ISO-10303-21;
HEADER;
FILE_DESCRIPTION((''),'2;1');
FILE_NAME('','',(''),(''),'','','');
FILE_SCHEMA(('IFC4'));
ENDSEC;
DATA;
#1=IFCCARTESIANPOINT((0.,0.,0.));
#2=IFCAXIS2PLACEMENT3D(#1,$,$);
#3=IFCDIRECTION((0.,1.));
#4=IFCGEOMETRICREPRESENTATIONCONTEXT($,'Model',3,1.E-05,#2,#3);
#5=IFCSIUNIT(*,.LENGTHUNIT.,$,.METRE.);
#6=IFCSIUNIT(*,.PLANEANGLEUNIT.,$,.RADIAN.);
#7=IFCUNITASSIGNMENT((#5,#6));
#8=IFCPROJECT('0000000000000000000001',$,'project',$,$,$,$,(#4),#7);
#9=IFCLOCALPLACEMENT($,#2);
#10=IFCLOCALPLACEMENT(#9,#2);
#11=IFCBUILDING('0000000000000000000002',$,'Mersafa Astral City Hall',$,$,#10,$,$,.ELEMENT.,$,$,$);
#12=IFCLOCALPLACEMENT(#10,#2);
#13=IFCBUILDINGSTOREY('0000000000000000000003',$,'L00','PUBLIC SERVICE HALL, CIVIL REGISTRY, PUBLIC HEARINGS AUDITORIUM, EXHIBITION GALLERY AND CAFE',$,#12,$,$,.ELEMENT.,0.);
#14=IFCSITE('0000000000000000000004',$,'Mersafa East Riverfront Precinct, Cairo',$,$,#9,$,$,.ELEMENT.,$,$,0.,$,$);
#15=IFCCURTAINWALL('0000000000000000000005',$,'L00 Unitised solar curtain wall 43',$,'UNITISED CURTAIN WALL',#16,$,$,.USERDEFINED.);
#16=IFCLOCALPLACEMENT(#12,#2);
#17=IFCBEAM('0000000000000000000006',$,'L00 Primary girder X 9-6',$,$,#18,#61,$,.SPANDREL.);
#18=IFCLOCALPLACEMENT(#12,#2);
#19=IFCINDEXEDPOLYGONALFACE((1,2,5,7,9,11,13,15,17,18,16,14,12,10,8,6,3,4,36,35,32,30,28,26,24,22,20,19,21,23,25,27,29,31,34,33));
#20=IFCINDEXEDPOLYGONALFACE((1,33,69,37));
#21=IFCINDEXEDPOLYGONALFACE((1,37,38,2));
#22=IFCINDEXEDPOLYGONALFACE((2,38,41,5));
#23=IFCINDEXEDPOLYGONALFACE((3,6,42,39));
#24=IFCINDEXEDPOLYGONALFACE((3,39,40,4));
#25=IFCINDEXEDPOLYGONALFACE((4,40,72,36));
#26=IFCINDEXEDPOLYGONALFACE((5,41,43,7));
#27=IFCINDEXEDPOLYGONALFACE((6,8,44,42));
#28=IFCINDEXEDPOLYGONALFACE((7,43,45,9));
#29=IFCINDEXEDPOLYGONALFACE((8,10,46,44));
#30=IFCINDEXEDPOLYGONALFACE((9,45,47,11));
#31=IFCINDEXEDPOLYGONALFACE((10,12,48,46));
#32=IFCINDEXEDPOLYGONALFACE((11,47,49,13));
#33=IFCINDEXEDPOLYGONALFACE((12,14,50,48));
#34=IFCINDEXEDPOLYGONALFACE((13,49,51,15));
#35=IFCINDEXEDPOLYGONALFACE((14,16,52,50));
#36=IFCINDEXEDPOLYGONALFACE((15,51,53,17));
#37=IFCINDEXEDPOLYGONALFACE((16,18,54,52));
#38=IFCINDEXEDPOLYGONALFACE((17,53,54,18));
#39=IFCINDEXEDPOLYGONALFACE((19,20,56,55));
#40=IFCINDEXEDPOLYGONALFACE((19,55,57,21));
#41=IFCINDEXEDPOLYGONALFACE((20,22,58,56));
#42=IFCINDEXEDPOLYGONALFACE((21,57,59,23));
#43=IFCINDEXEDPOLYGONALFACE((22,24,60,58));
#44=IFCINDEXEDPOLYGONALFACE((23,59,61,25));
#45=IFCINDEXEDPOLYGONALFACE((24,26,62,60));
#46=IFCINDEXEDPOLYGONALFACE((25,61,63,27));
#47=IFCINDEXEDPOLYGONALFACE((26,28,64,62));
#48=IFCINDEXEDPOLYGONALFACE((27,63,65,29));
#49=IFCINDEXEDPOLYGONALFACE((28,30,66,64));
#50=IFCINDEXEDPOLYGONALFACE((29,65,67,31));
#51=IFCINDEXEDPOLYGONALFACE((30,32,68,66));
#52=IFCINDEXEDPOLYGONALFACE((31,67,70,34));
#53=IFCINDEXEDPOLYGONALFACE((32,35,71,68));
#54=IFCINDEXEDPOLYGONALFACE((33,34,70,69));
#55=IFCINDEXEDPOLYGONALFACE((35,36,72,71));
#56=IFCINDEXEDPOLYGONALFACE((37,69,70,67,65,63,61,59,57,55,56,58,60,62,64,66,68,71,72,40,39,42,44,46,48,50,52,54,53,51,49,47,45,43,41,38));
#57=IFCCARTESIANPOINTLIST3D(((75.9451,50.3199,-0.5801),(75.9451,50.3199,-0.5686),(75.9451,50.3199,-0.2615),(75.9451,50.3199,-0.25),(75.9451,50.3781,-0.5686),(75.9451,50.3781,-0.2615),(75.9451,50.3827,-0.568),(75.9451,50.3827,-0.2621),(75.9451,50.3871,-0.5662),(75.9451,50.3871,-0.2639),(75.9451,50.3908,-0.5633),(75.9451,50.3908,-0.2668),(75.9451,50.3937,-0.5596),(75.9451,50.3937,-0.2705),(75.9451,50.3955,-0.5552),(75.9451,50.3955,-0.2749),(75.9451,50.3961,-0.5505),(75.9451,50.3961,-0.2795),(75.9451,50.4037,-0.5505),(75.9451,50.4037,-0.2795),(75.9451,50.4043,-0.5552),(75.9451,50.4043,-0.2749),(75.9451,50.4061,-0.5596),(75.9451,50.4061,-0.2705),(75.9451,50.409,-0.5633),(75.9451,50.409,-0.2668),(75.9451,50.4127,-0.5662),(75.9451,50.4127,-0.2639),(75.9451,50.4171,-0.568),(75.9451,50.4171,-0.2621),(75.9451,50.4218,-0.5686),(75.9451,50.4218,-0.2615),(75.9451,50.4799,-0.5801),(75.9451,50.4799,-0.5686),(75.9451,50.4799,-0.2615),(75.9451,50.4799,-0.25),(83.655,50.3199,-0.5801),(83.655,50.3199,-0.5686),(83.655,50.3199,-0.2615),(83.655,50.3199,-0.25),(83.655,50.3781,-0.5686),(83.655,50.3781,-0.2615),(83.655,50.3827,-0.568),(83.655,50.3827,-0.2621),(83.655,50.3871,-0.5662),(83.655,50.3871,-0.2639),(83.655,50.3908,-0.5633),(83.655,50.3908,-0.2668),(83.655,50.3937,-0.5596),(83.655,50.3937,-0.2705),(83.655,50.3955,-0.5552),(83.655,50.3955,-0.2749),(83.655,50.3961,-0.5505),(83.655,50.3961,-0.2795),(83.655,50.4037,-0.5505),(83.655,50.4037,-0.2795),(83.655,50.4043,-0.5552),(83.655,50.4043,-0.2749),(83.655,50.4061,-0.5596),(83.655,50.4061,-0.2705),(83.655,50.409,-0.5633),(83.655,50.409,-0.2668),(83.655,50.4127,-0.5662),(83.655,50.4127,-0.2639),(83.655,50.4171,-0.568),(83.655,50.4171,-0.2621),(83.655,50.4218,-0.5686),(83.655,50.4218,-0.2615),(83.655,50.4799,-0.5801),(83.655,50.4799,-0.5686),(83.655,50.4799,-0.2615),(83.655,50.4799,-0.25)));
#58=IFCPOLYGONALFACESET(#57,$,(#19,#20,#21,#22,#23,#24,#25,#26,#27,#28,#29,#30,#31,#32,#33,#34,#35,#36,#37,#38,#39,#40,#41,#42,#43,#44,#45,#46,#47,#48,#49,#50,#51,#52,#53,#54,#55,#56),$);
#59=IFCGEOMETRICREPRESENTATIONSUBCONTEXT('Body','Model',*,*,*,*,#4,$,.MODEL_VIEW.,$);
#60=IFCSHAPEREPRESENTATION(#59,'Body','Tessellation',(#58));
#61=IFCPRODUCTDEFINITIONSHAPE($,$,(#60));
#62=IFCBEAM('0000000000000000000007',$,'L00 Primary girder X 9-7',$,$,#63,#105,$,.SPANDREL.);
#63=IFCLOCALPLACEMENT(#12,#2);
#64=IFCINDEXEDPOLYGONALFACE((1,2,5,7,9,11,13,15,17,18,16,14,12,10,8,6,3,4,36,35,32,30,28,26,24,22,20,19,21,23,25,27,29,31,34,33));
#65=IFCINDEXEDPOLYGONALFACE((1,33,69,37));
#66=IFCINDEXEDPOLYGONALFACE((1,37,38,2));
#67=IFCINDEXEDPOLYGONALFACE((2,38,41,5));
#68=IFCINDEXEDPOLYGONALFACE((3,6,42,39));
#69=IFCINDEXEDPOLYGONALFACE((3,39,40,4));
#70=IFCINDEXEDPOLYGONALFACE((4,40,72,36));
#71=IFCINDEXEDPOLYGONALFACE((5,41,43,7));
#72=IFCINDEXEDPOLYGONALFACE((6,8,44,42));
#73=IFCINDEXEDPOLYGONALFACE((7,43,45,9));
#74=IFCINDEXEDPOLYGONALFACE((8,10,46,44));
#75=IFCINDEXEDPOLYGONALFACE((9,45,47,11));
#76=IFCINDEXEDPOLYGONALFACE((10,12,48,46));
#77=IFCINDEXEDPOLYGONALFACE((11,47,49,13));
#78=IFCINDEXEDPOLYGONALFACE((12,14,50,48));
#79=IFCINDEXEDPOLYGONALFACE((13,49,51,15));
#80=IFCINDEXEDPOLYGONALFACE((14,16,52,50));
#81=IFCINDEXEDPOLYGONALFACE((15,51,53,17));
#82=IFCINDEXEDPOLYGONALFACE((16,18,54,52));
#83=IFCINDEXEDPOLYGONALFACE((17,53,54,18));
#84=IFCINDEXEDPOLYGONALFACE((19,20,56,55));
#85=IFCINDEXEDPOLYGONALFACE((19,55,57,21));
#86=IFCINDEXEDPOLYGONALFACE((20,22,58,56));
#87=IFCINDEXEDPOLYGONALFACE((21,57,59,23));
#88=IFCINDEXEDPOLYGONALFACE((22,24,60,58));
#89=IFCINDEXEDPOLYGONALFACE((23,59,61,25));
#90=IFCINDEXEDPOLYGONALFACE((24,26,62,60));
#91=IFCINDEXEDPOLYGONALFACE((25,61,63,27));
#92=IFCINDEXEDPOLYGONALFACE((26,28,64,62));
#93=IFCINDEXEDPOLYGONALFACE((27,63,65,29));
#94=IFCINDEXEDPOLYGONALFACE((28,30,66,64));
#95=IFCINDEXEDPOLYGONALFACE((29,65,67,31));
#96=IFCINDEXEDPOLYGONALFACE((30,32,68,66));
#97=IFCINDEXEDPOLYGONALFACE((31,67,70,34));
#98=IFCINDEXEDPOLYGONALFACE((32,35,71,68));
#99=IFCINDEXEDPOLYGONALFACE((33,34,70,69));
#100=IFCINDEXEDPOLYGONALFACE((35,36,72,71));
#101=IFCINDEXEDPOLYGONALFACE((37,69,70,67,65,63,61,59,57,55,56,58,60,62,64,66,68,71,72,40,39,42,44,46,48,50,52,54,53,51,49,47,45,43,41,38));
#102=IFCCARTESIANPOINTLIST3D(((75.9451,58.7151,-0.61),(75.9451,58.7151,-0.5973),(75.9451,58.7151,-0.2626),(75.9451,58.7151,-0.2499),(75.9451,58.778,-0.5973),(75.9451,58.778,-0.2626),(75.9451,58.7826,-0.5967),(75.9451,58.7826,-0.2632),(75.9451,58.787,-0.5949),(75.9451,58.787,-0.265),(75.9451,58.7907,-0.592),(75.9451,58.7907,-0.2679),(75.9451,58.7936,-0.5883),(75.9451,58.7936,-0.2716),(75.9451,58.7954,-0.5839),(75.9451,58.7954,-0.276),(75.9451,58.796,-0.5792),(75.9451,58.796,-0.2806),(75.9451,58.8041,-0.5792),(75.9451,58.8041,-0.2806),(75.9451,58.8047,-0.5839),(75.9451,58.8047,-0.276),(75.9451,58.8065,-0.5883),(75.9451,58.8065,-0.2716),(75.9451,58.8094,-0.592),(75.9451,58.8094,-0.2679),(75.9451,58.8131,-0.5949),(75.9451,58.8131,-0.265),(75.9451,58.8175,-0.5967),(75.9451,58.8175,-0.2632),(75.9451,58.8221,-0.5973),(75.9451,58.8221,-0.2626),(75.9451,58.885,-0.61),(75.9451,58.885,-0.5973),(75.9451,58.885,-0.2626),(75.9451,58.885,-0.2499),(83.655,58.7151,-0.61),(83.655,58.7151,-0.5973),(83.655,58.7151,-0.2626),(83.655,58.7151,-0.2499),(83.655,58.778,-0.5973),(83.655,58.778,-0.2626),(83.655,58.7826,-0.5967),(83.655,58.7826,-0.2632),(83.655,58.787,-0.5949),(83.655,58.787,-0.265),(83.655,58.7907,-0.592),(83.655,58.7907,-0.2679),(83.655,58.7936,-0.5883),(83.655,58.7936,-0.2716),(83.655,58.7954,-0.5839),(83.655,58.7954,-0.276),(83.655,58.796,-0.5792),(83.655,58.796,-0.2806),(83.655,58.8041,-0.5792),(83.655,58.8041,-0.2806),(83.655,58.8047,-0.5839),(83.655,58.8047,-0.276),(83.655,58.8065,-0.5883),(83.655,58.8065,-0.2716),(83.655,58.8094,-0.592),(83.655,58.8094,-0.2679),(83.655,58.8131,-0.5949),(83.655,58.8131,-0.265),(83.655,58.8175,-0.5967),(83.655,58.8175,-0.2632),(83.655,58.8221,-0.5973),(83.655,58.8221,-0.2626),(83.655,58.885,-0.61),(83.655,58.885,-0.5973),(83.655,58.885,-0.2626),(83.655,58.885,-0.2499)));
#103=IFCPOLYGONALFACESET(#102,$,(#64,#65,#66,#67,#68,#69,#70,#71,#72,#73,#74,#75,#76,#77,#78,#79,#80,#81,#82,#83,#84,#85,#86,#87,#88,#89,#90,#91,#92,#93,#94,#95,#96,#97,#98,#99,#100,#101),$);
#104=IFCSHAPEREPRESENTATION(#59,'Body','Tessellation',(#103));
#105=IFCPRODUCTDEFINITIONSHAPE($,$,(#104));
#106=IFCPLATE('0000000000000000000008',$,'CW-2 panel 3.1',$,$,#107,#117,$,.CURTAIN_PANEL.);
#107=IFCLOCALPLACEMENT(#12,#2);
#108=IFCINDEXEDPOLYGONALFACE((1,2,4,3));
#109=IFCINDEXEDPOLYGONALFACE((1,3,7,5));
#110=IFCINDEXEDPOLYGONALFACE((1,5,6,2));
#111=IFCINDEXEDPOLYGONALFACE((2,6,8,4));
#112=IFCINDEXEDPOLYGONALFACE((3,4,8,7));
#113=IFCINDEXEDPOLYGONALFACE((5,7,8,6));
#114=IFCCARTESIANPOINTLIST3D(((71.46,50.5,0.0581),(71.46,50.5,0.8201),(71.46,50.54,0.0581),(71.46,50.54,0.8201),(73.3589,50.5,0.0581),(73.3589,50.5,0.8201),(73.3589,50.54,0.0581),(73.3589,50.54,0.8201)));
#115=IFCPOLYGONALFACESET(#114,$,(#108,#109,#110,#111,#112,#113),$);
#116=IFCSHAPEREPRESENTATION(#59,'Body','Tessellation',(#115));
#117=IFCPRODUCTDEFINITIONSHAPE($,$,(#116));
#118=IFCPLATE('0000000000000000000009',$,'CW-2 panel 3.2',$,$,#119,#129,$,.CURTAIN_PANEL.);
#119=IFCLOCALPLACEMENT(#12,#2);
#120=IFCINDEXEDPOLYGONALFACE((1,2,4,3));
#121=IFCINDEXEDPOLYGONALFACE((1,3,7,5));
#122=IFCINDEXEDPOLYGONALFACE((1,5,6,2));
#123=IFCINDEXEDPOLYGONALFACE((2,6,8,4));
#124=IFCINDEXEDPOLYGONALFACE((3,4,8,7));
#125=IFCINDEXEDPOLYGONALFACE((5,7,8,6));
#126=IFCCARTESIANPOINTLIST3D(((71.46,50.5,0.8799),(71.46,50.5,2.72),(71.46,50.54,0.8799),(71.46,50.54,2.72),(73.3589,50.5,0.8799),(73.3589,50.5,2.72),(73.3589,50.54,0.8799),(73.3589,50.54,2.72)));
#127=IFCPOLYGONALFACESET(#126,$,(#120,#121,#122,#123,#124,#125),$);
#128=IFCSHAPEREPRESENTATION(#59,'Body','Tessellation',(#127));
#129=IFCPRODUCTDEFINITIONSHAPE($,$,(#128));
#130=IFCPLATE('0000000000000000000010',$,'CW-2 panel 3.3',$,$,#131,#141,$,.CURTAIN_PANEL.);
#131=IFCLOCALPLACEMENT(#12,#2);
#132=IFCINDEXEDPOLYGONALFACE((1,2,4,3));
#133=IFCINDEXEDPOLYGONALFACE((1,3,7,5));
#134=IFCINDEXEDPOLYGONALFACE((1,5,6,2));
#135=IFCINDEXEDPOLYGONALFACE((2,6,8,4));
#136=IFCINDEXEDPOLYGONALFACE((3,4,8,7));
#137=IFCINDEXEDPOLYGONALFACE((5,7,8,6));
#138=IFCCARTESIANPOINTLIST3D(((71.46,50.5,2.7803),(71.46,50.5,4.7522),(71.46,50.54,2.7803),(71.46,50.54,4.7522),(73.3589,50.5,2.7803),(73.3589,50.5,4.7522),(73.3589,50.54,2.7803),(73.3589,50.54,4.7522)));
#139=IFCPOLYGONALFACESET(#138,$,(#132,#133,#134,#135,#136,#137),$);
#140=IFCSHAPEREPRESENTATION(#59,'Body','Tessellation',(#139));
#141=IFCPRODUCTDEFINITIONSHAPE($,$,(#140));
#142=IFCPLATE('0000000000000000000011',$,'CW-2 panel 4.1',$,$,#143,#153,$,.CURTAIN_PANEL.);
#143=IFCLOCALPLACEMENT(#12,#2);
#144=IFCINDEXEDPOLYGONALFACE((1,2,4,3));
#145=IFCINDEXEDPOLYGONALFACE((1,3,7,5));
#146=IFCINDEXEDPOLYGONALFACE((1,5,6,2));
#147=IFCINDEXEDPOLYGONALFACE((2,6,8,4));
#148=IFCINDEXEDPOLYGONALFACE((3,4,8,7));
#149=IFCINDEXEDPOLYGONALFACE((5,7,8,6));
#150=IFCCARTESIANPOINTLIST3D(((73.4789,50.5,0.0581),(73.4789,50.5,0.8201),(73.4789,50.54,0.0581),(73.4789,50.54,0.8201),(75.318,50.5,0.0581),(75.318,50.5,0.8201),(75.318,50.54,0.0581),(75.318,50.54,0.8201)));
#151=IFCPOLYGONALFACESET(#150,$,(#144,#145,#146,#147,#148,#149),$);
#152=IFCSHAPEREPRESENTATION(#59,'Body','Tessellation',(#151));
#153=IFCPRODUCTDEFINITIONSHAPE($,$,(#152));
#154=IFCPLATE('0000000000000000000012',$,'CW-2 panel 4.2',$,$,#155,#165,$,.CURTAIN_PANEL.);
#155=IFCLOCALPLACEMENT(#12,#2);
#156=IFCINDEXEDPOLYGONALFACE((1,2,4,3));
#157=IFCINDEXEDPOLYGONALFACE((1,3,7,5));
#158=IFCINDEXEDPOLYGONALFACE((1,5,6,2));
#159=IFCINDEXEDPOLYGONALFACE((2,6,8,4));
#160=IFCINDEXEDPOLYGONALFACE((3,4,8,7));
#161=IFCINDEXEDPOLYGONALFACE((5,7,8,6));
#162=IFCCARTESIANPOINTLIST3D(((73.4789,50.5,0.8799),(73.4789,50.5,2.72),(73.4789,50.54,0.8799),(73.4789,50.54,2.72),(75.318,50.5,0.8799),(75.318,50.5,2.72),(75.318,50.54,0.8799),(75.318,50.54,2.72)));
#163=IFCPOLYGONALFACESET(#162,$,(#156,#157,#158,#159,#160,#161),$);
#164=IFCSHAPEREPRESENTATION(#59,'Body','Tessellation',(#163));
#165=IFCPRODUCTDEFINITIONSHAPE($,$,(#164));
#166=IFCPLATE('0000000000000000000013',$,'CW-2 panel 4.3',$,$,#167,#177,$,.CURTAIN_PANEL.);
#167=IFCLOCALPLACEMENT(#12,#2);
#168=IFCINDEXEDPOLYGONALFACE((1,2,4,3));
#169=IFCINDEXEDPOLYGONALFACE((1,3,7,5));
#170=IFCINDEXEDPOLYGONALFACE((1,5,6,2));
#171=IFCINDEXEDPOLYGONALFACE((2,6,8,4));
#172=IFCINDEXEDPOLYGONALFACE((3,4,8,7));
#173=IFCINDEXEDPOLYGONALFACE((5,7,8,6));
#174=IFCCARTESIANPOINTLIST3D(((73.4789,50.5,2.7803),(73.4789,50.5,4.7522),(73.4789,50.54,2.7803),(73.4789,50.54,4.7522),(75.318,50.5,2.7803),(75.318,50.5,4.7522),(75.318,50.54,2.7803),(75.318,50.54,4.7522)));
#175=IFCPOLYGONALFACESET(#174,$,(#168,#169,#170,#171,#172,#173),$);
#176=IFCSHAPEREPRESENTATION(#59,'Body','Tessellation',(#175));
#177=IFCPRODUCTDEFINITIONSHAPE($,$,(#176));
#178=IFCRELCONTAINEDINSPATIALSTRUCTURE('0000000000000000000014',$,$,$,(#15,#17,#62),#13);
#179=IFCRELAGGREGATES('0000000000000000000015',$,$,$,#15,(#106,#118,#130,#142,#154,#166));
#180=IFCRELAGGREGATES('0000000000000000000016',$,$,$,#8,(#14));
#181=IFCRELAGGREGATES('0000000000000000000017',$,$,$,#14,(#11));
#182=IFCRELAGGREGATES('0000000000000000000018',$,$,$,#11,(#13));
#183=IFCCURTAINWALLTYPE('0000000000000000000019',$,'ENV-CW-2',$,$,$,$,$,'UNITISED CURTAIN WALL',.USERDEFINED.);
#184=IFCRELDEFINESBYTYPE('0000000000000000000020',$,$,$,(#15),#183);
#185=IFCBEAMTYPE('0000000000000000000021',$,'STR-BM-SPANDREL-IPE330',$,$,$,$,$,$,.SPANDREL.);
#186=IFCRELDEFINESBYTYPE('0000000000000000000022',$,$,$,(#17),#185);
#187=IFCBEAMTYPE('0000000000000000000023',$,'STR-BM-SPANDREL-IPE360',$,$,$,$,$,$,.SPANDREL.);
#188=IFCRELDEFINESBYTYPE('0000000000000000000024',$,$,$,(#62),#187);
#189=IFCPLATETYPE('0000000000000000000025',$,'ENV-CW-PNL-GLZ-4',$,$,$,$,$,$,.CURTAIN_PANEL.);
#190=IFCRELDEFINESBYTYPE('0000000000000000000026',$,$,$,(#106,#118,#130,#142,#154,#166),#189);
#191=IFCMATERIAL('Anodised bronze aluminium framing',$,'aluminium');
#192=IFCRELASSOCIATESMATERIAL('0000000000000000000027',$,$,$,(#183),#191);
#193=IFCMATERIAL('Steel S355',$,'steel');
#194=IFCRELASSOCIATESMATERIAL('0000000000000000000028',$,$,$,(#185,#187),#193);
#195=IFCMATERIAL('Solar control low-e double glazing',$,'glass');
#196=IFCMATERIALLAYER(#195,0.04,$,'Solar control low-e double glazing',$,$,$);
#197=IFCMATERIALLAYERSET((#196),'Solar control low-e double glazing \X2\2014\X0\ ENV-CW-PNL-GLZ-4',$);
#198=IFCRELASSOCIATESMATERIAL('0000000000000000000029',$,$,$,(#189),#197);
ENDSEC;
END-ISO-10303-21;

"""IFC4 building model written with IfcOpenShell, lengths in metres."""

from ifc_helpers import new_model, si_unit, direction, frame, origin, origin_2d, place, context, subcontext, project, spatial, rectangle, i_section, extrude, material, layer, layer_set, material_profile, profile_set, type_object, element, aggregate, save


model = new_model("IFC4")

# Units and contexts
model_context = context("Model", 3, precision=1e-05, world=origin(), true_north=direction((0.0, 1.0)))
body_context = subcontext(model_context, "Body", "Model", "MODEL_VIEW")
ifc_project = project(units=[si_unit("LENGTHUNIT", "METRE"), si_unit("PLANEANGLEUNIT", "RADIAN")], contexts=[model_context])

# Site, building, storey
site_placement = place(None, origin())
site = spatial("IfcSite", under=ifc_project, at=site_placement, Name="Mersafa East Riverfront Precinct, Cairo", CompositionType="ELEMENT", RefElevation=0.0)
building_placement = place(site_placement, origin())
building = spatial("IfcBuilding", under=site, at=building_placement, Name="Mersafa Astral City Hall", CompositionType="ELEMENT")
storey_placement = place(building_placement, origin())
storey = spatial("IfcBuildingStorey", under=building, at=storey_placement, Name="L00", Description="PUBLIC SERVICE HALL, CIVIL REGISTRY, PUBLIC HEARINGS AUDITORIUM, EXHIBITION GALLERY AND CAFE", CompositionType="ELEMENT", Elevation=0.0)

# Shared definitions
ifc_material_1 = material(Name="Steel S355", Category="steel")

# Curtain wall
ifc_material_2 = material(Name="Anodised bronze aluminium framing", Category="aluminium")
curtain_wall_type = type_object("IfcCurtainWallType", Name="ENV-CW-2", ElementType="UNITISED CURTAIN WALL", PredefinedType="USERDEFINED", material=ifc_material_2)
curtain_wall_placement = place(storey_placement, origin())
curtain_wall = element("IfcCurtainWall", 1, at=curtain_wall_placement, inside=storey, type_object=curtain_wall_type, Name="L00 Unitised solar curtain wall 43", ObjectType="UNITISED CURTAIN WALL", PredefinedType="USERDEFINED")

# Beams
ifc_material_profile_1 = material_profile(ifc_material_1, i_section(OverallWidth=0.1599, OverallDepth=0.3301, WebThickness=0.0076, FlangeThickness=0.0115, FilletRadius=0.0181, at=origin_2d()), Name="IPE 330")
ifc_profile_set_1 = profile_set([ifc_material_profile_1], Name="Steel S355")
beam_type_1 = type_object("IfcBeamType", Name="STR-BM-SPANDREL-IPE330", PredefinedType="SPANDREL", material=ifc_profile_set_1)
beam_1_placement = place(storey_placement, frame((75.9451, 50.3999, -0.415), z_axis=(1.0, 0.0, 0.0), x_axis=(0.0, 1.0, 0.0)))
element("IfcBeam", 2, at=beam_1_placement, inside=storey, type_object=beam_type_1, Name="L00 Primary girder X 9-6", PredefinedType="SPANDREL", context=body_context, shape_type="SweptSolid", body=[
    extrude(i_section(OverallWidth=0.1599, OverallDepth=0.3301, WebThickness=0.0076, FlangeThickness=0.0115, FilletRadius=0.0181, at=origin_2d()), origin(), (0.0, 0.0, 1.0), 7.71),
])
ifc_material_profile_2 = material_profile(ifc_material_1, i_section(OverallWidth=0.1699, OverallDepth=0.3601, WebThickness=0.0081, FlangeThickness=0.0127, FilletRadius=0.0181, at=origin_2d()), Name="IPE 360")
ifc_profile_set_2 = profile_set([ifc_material_profile_2], Name="Steel S355")
beam_type_2 = type_object("IfcBeamType", Name="STR-BM-SPANDREL-IPE360", PredefinedType="SPANDREL", material=ifc_profile_set_2)
beam_2_placement = place(storey_placement, frame((75.9451, 58.8, -0.4299), z_axis=(1.0, 0.0, 0.0), x_axis=(0.0, 1.0, 0.0)))
element("IfcBeam", 3, at=beam_2_placement, inside=storey, type_object=beam_type_2, Name="L00 Primary girder X 9-7", PredefinedType="SPANDREL", context=body_context, shape_type="SweptSolid", body=[
    extrude(i_section(OverallWidth=0.1699, OverallDepth=0.3601, WebThickness=0.0081, FlangeThickness=0.0127, FilletRadius=0.0181, at=origin_2d()), origin(), (0.0, 0.0, 1.0), 7.71),
])

# Plates
ifc_material_3 = material(Name="Solar control low-e double glazing", Category="glass")
ifc_layer_1 = layer(ifc_material_3, 0.04, Name="Solar control low-e double glazing")
ifc_layer_set_1 = layer_set([ifc_layer_1], Name="Solar control low-e double glazing — ENV-CW-PNL-GLZ-4")
plate_type = type_object("IfcPlateType", Name="ENV-CW-PNL-GLZ-4", PredefinedType="CURTAIN_PANEL", material=ifc_layer_set_1)
plate_1_placement = place(storey_placement, frame((72.4094, 50.52, 0.0581), z_axis=(0.0, 0.0, 1.0), x_axis=(1.0, 0.0, 0.0)))
plate_1 = element("IfcPlate", 4, at=plate_1_placement, type_object=plate_type, Name="CW-2 panel 3.1", PredefinedType="CURTAIN_PANEL", context=body_context, shape_type="SweptSolid", body=[
    extrude(rectangle(XDim=1.8989, YDim=0.04, at=origin_2d()), origin(), (0.0, 0.0, 1.0), 0.762),
])
plate_2_placement = place(storey_placement, frame((72.4094, 50.52, 0.8799), z_axis=(0.0, 0.0, 1.0), x_axis=(1.0, 0.0, 0.0)))
plate_2 = element("IfcPlate", 5, at=plate_2_placement, type_object=plate_type, Name="CW-2 panel 3.2", PredefinedType="CURTAIN_PANEL", context=body_context, shape_type="SweptSolid", body=[
    extrude(rectangle(XDim=1.8989, YDim=0.04, at=origin_2d()), origin(), (0.0, 0.0, 1.0), 1.8401),
])
plate_3_placement = place(storey_placement, frame((72.4094, 50.52, 2.7803), z_axis=(0.0, 0.0, 1.0), x_axis=(1.0, 0.0, 0.0)))
plate_3 = element("IfcPlate", 6, at=plate_3_placement, type_object=plate_type, Name="CW-2 panel 3.3", PredefinedType="CURTAIN_PANEL", context=body_context, shape_type="SweptSolid", body=[
    extrude(rectangle(XDim=1.8989, YDim=0.04, at=origin_2d()), origin(), (0.0, 0.0, 1.0), 1.9719),
])
plate_4_placement = place(storey_placement, frame((74.3984, 50.52, 0.0581), z_axis=(0.0, 0.0, 1.0), x_axis=(1.0, 0.0, 0.0)))
plate_4 = element("IfcPlate", 7, at=plate_4_placement, type_object=plate_type, Name="CW-2 panel 4.1", PredefinedType="CURTAIN_PANEL", context=body_context, shape_type="SweptSolid", body=[
    extrude(rectangle(XDim=1.8391, YDim=0.04, at=origin_2d()), origin(), (0.0, 0.0, 1.0), 0.762),
])
plate_5_placement = place(storey_placement, frame((74.3984, 50.52, 0.8799), z_axis=(0.0, 0.0, 1.0), x_axis=(1.0, 0.0, 0.0)))
plate_5 = element("IfcPlate", 8, at=plate_5_placement, type_object=plate_type, Name="CW-2 panel 4.2", PredefinedType="CURTAIN_PANEL", context=body_context, shape_type="SweptSolid", body=[
    extrude(rectangle(XDim=1.8391, YDim=0.04, at=origin_2d()), origin(), (0.0, 0.0, 1.0), 1.8401),
])
plate_6_placement = place(storey_placement, frame((74.3984, 50.52, 2.7803), z_axis=(0.0, 0.0, 1.0), x_axis=(1.0, 0.0, 0.0)))
plate_6 = element("IfcPlate", 9, at=plate_6_placement, type_object=plate_type, Name="CW-2 panel 4.3", PredefinedType="CURTAIN_PANEL", context=body_context, shape_type="SweptSolid", body=[
    extrude(rectangle(XDim=1.8391, YDim=0.04, at=origin_2d()), origin(), (0.0, 0.0, 1.0), 1.9719),
])
aggregate(curtain_wall, [plate_1, plate_2, plate_3, plate_4, plate_5, plate_6])

save(model, "model.ifc")
